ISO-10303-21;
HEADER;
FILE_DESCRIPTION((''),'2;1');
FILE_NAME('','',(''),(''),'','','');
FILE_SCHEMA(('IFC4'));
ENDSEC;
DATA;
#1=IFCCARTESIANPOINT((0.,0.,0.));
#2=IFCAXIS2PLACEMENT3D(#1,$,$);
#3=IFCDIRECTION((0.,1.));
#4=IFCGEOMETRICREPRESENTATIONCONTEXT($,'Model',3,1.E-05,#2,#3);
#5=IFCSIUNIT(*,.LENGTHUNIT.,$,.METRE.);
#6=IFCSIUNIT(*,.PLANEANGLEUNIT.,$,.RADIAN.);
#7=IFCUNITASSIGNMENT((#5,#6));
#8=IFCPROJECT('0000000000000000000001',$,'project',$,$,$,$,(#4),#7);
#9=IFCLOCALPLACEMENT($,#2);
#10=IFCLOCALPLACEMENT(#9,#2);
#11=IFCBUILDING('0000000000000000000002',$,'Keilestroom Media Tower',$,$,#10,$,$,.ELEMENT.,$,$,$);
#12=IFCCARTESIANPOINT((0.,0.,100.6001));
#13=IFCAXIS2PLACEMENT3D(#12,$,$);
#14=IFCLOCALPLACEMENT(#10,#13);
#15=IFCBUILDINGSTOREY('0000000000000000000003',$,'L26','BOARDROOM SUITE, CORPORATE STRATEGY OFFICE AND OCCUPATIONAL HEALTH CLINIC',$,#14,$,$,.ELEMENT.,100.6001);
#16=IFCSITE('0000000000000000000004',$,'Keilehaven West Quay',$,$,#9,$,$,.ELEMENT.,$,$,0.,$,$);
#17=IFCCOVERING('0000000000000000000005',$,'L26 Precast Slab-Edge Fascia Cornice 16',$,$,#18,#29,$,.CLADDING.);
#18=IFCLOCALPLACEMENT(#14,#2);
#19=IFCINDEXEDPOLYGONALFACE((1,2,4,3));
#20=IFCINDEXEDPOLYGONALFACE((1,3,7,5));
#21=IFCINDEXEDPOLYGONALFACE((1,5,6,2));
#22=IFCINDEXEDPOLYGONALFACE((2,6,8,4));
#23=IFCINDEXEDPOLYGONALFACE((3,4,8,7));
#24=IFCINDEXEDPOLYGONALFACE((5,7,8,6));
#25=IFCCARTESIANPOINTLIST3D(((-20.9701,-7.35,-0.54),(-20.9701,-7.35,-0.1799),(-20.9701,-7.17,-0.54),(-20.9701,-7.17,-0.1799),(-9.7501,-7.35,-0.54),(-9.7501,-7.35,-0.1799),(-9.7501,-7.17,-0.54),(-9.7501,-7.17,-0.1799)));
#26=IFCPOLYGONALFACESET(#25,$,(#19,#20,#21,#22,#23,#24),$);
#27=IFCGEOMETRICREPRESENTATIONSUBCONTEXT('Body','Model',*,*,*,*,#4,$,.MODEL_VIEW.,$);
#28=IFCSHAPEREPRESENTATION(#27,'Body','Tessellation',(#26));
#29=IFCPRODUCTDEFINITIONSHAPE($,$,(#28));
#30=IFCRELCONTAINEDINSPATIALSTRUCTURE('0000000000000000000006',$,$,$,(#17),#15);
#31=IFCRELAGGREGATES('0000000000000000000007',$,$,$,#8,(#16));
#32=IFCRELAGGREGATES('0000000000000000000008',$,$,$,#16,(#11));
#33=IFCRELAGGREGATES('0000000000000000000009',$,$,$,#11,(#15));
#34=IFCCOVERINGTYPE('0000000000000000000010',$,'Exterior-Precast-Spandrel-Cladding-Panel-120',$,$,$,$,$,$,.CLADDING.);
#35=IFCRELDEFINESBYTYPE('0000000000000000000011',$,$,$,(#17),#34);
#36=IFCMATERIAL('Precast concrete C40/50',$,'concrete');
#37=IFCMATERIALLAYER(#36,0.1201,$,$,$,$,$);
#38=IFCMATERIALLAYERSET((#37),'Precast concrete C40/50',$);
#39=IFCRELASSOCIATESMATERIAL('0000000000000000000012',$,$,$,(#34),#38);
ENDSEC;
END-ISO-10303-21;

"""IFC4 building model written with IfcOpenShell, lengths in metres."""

from ifc_helpers import new_model, si_unit, direction, frame, origin, origin_2d, place, context, subcontext, project, spatial, rectangle, extrude, source, transform, mapped, material, layer, layer_set, type_object, element, save


model = new_model("IFC4")

# Units and contexts
model_context = context("Model", 3, precision=1e-05, world=origin(), true_north=direction((0.0, 1.0)))
body_context = subcontext(model_context, "Body", "Model", "MODEL_VIEW")
ifc_project = project(units=[si_unit("LENGTHUNIT", "METRE"), si_unit("PLANEANGLEUNIT", "RADIAN")], contexts=[model_context])

# Site, building, storey
site_placement = place(None, origin())
site = spatial("IfcSite", under=ifc_project, at=site_placement, Name="Keilehaven West Quay", CompositionType="ELEMENT", RefElevation=0.0)
building_placement = place(site_placement, origin())
building = spatial("IfcBuilding", under=site, at=building_placement, Name="Keilestroom Media Tower", CompositionType="ELEMENT")
storey_placement = place(building_placement, frame((0.0, 0.0, 100.6001)))
storey = spatial("IfcBuildingStorey", under=building, at=storey_placement, Name="L26", Description="BOARDROOM SUITE, CORPORATE STRATEGY OFFICE AND OCCUPATIONAL HEALTH CLINIC", CompositionType="ELEMENT", Elevation=100.6001)

# Shared definitions
ifc_material_1 = material(Name="Precast concrete C40/50", Category="concrete")

# Covering
ifc_layer_1 = layer(ifc_material_1, 0.1201)
ifc_layer_set_1 = layer_set([ifc_layer_1], Name="Precast concrete C40/50")
covering_type = type_object("IfcCoveringType", Name="Exterior-Precast-Spandrel-Cladding-Panel-120", PredefinedType="CLADDING", material=ifc_layer_set_1)
shared_shape_1 = source(origin(), body_context, "Body", "SweptSolid", [
    extrude(rectangle(XDim=11.22, YDim=0.1799, at=origin_2d()), origin(), (0.0, 0.0, 1.0), 0.3601),
])
covering_1_placement = place(storey_placement, frame((-15.3601, -7.26, -0.54), z_axis=(0.0, 0.0, 1.0), x_axis=(-1.0, 0.0, 0.0)))
element("IfcCovering", 1, at=covering_1_placement, inside=storey, type_object=covering_type, Name="L26 Precast Slab-Edge Fascia Cornice 16", PredefinedType="CLADDING", context=body_context, shape_type="MappedRepresentation", body=[
    mapped(shared_shape_1, transform((0.0, 0.0, 0.0), x_axis=(1.0, 0.0, 0.0), y_axis=(0.0, 1.0, 0.0), z_axis=(0.0, 0.0, 1.0), scale=1.0)),
])

save(model, "model.ifc")
